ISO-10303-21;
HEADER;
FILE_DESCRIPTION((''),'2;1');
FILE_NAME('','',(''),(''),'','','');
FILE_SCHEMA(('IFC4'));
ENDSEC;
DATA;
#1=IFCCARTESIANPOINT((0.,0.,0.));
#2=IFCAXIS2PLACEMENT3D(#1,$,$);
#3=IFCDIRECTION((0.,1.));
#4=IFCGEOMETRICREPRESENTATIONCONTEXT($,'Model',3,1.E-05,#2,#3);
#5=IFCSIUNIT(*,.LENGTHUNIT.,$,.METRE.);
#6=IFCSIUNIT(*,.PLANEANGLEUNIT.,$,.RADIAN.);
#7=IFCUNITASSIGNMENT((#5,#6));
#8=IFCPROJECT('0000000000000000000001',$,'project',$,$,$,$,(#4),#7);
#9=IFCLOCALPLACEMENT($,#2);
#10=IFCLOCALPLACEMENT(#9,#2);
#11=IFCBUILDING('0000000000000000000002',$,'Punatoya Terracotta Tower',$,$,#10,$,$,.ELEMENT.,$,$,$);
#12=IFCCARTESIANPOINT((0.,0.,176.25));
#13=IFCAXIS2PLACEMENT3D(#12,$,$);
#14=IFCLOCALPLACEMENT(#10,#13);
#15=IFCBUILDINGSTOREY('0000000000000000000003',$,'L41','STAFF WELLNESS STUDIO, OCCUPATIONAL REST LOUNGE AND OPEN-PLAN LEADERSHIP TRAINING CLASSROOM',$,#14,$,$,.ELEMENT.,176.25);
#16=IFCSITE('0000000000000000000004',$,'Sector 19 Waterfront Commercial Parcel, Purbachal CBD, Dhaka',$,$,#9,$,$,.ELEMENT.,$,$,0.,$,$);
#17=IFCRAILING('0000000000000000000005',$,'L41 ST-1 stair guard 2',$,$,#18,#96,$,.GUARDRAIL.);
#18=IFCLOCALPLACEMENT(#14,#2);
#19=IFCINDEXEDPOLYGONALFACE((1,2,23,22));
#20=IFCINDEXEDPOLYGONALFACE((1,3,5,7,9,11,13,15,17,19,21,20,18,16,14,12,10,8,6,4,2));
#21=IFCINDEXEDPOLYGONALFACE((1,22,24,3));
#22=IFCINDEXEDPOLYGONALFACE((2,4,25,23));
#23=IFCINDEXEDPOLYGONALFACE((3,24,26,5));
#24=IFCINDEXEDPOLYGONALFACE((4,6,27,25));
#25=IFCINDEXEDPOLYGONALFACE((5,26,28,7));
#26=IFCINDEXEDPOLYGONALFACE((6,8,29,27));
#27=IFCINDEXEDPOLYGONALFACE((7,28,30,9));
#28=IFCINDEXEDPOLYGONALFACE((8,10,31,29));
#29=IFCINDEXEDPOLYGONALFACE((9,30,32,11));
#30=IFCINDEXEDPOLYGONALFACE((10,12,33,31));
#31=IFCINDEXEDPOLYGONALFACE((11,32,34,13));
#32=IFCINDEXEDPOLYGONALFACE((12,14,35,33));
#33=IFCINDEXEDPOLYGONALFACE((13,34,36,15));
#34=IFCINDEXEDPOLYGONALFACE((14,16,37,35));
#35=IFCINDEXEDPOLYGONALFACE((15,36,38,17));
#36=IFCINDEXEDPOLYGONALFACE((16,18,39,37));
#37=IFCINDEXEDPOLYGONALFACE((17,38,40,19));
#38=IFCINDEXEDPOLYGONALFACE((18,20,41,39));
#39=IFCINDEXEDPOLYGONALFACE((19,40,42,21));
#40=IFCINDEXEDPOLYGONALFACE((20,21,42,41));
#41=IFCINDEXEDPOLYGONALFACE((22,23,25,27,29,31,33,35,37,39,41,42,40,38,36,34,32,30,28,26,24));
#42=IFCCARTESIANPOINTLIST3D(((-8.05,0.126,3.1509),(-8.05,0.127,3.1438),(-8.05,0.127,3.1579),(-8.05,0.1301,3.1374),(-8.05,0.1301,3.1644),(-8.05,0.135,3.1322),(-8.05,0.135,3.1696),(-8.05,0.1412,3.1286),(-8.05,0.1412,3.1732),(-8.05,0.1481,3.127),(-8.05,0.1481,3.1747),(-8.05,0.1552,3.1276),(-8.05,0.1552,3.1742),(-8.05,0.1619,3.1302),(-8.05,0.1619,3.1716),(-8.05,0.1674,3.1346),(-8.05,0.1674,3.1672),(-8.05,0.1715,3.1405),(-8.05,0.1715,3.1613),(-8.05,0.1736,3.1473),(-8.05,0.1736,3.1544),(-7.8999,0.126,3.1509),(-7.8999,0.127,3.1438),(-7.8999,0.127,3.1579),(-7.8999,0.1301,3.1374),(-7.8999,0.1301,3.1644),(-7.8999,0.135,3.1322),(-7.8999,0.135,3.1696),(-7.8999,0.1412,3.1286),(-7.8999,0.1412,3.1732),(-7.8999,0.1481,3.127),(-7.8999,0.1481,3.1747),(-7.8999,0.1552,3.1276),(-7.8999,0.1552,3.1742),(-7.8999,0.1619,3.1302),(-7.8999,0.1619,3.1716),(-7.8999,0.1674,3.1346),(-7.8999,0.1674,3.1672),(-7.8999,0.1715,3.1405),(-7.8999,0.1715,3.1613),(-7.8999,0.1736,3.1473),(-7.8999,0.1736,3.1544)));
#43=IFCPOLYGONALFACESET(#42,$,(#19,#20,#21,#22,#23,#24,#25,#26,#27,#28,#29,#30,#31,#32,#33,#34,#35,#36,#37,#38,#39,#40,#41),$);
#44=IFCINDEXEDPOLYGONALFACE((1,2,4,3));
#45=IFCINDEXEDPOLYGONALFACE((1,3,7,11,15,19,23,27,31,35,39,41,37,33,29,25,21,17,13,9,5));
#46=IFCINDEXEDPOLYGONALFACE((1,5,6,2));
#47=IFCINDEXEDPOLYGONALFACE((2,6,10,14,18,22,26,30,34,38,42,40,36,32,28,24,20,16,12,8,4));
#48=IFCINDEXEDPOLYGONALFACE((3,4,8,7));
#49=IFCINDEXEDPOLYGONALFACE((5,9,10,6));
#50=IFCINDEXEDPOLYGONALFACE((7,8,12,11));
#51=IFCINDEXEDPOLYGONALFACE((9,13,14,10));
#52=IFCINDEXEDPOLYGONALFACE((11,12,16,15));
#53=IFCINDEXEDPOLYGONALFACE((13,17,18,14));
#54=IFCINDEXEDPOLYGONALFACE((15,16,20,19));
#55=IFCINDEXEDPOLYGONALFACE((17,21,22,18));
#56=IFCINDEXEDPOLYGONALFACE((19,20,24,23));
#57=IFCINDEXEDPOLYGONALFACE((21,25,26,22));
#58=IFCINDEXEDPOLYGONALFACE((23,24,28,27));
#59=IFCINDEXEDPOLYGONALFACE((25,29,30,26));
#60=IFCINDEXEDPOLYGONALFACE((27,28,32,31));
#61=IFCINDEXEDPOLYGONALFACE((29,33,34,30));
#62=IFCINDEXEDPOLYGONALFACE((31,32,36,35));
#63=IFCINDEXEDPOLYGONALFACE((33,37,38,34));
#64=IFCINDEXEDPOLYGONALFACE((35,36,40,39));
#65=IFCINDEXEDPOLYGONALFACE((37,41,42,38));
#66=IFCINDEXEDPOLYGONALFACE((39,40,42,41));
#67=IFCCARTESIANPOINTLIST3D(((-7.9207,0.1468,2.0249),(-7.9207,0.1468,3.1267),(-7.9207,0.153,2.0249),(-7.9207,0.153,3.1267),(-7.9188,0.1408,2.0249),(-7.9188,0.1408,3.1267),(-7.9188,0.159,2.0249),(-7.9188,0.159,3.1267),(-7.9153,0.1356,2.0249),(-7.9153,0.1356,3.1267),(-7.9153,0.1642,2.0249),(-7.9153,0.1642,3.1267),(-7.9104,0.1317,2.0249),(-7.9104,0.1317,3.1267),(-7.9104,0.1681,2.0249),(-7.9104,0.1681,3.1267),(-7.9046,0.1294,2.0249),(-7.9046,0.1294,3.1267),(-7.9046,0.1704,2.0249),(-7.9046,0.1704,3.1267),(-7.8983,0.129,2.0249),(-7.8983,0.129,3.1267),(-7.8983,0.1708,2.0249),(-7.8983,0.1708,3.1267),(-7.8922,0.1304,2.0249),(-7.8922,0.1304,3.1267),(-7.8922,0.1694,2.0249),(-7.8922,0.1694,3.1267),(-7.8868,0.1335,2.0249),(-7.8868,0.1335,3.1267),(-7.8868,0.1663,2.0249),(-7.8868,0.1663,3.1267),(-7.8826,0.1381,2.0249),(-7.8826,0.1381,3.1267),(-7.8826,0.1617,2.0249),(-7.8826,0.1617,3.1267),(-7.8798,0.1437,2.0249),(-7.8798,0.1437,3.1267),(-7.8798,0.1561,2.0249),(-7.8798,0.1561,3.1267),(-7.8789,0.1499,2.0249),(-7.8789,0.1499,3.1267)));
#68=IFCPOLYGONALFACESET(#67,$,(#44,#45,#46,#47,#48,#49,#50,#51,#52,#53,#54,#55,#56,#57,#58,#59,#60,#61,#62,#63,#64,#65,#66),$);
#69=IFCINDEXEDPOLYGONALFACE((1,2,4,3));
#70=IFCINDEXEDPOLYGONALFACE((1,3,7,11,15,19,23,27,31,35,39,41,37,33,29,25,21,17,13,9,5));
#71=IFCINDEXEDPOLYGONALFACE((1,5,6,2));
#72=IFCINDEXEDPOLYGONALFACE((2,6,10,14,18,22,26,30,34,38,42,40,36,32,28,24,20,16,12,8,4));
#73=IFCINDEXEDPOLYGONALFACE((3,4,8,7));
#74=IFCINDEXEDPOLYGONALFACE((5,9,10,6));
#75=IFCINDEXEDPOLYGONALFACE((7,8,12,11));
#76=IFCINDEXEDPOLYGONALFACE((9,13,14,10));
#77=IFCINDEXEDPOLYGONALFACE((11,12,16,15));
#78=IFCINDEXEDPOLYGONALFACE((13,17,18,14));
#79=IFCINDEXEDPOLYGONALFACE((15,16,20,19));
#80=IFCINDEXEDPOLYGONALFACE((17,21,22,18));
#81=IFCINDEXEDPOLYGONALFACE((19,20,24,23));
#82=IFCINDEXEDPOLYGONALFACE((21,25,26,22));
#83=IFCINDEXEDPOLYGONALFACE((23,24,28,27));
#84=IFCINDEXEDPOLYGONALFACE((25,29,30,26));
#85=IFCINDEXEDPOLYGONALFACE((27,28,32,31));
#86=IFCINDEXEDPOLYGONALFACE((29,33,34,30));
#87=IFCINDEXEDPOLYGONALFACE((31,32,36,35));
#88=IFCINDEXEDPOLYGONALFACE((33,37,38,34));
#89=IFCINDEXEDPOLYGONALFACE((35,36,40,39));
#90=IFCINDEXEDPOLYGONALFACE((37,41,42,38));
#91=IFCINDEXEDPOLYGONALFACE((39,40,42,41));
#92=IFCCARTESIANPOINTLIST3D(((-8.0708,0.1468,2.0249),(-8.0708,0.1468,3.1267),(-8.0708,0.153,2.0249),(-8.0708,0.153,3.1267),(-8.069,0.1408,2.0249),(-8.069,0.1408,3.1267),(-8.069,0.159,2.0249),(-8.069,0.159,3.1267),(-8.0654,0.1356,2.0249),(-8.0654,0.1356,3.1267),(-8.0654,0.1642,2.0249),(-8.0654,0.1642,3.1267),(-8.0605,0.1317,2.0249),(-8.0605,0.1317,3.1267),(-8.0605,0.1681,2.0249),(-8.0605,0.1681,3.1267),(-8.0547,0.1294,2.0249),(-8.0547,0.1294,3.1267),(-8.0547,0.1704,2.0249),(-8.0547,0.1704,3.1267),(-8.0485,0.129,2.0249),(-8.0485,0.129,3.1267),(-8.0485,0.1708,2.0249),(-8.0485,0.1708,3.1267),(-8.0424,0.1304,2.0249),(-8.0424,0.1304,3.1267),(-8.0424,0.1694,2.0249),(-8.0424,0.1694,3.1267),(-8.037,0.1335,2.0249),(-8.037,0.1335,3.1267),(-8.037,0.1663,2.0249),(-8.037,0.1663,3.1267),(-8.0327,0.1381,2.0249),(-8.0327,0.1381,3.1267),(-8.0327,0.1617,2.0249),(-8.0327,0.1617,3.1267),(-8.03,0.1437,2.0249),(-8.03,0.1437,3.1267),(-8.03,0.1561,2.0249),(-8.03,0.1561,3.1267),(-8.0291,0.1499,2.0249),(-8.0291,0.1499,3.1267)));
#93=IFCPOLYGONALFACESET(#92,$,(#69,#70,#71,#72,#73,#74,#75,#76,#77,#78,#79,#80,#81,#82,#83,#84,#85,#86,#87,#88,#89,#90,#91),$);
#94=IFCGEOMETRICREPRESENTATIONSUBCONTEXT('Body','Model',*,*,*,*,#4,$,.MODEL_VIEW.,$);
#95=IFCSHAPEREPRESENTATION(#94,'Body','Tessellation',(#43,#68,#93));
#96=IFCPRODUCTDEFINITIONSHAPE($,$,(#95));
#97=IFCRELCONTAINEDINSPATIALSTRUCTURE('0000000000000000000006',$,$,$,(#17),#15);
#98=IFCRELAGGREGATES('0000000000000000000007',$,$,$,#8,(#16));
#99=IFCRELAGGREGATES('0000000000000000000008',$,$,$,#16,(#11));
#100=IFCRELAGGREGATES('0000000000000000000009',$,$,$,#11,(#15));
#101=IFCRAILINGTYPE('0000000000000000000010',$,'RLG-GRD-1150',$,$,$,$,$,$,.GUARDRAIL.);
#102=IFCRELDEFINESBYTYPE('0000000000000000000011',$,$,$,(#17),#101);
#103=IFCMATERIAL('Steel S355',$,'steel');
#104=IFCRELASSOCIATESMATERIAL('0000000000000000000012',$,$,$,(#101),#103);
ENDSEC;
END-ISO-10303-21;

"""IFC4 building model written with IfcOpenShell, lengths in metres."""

from ifc_helpers import new_model, si_unit, direction, frame, origin, origin_2d, place, context, subcontext, project, spatial, circle, extrude, material, type_object, element, save


model = new_model("IFC4")

# Units and contexts
model_context = context("Model", 3, precision=1e-05, world=origin(), true_north=direction((0.0, 1.0)))
body_context = subcontext(model_context, "Body", "Model", "MODEL_VIEW")
ifc_project = project(units=[si_unit("LENGTHUNIT", "METRE"), si_unit("PLANEANGLEUNIT", "RADIAN")], contexts=[model_context])

# Site, building, storey
site_placement = place(None, origin())
site = spatial("IfcSite", under=ifc_project, at=site_placement, Name="Sector 19 Waterfront Commercial Parcel, Purbachal CBD, Dhaka", CompositionType="ELEMENT", RefElevation=0.0)
building_placement = place(site_placement, origin())
building = spatial("IfcBuilding", under=site, at=building_placement, Name="Punatoya Terracotta Tower", CompositionType="ELEMENT")
storey_placement = place(building_placement, frame((0.0, 0.0, 176.25)))
storey = spatial("IfcBuildingStorey", under=building, at=storey_placement, Name="L41", Description="STAFF WELLNESS STUDIO, OCCUPATIONAL REST LOUNGE AND OPEN-PLAN LEADERSHIP TRAINING CLASSROOM", CompositionType="ELEMENT", Elevation=176.25)

# Shared definitions
ifc_material_1 = material(Name="Steel S355", Category="steel")

# Railing
railing_type_1 = type_object("IfcRailingType", Name="RLG-GRD-1150", PredefinedType="GUARDRAIL", material=ifc_material_1)
railing_1_placement = place(storey_placement, frame((-7.8999, 0.1499, 2.0249)))
element("IfcRailing", 1, at=railing_1_placement, inside=storey, type_object=railing_type_1, Name="L41 ST-1 stair guard 2", PredefinedType="GUARDRAIL", context=body_context, shape_type="SweptSolid", body=[
    extrude(circle(Radius=0.0239, at=origin_2d()), frame((0.0, 0.0, 1.126), z_axis=(-1.0, 0.0, 0.0), x_axis=(0.0, -1.0, 0.0)), (0.0, 0.0, 1.0), 0.1501),
    extrude(circle(Radius=0.021, at=origin_2d()), origin(), (0.0, 0.0, 1.0), 1.1018),
    extrude(circle(Radius=0.021, at=origin_2d()), frame((-0.1501, 0.0, 0.0)), (0.0, 0.0, 1.0), 1.1018),
])

save(model, "model.ifc")
